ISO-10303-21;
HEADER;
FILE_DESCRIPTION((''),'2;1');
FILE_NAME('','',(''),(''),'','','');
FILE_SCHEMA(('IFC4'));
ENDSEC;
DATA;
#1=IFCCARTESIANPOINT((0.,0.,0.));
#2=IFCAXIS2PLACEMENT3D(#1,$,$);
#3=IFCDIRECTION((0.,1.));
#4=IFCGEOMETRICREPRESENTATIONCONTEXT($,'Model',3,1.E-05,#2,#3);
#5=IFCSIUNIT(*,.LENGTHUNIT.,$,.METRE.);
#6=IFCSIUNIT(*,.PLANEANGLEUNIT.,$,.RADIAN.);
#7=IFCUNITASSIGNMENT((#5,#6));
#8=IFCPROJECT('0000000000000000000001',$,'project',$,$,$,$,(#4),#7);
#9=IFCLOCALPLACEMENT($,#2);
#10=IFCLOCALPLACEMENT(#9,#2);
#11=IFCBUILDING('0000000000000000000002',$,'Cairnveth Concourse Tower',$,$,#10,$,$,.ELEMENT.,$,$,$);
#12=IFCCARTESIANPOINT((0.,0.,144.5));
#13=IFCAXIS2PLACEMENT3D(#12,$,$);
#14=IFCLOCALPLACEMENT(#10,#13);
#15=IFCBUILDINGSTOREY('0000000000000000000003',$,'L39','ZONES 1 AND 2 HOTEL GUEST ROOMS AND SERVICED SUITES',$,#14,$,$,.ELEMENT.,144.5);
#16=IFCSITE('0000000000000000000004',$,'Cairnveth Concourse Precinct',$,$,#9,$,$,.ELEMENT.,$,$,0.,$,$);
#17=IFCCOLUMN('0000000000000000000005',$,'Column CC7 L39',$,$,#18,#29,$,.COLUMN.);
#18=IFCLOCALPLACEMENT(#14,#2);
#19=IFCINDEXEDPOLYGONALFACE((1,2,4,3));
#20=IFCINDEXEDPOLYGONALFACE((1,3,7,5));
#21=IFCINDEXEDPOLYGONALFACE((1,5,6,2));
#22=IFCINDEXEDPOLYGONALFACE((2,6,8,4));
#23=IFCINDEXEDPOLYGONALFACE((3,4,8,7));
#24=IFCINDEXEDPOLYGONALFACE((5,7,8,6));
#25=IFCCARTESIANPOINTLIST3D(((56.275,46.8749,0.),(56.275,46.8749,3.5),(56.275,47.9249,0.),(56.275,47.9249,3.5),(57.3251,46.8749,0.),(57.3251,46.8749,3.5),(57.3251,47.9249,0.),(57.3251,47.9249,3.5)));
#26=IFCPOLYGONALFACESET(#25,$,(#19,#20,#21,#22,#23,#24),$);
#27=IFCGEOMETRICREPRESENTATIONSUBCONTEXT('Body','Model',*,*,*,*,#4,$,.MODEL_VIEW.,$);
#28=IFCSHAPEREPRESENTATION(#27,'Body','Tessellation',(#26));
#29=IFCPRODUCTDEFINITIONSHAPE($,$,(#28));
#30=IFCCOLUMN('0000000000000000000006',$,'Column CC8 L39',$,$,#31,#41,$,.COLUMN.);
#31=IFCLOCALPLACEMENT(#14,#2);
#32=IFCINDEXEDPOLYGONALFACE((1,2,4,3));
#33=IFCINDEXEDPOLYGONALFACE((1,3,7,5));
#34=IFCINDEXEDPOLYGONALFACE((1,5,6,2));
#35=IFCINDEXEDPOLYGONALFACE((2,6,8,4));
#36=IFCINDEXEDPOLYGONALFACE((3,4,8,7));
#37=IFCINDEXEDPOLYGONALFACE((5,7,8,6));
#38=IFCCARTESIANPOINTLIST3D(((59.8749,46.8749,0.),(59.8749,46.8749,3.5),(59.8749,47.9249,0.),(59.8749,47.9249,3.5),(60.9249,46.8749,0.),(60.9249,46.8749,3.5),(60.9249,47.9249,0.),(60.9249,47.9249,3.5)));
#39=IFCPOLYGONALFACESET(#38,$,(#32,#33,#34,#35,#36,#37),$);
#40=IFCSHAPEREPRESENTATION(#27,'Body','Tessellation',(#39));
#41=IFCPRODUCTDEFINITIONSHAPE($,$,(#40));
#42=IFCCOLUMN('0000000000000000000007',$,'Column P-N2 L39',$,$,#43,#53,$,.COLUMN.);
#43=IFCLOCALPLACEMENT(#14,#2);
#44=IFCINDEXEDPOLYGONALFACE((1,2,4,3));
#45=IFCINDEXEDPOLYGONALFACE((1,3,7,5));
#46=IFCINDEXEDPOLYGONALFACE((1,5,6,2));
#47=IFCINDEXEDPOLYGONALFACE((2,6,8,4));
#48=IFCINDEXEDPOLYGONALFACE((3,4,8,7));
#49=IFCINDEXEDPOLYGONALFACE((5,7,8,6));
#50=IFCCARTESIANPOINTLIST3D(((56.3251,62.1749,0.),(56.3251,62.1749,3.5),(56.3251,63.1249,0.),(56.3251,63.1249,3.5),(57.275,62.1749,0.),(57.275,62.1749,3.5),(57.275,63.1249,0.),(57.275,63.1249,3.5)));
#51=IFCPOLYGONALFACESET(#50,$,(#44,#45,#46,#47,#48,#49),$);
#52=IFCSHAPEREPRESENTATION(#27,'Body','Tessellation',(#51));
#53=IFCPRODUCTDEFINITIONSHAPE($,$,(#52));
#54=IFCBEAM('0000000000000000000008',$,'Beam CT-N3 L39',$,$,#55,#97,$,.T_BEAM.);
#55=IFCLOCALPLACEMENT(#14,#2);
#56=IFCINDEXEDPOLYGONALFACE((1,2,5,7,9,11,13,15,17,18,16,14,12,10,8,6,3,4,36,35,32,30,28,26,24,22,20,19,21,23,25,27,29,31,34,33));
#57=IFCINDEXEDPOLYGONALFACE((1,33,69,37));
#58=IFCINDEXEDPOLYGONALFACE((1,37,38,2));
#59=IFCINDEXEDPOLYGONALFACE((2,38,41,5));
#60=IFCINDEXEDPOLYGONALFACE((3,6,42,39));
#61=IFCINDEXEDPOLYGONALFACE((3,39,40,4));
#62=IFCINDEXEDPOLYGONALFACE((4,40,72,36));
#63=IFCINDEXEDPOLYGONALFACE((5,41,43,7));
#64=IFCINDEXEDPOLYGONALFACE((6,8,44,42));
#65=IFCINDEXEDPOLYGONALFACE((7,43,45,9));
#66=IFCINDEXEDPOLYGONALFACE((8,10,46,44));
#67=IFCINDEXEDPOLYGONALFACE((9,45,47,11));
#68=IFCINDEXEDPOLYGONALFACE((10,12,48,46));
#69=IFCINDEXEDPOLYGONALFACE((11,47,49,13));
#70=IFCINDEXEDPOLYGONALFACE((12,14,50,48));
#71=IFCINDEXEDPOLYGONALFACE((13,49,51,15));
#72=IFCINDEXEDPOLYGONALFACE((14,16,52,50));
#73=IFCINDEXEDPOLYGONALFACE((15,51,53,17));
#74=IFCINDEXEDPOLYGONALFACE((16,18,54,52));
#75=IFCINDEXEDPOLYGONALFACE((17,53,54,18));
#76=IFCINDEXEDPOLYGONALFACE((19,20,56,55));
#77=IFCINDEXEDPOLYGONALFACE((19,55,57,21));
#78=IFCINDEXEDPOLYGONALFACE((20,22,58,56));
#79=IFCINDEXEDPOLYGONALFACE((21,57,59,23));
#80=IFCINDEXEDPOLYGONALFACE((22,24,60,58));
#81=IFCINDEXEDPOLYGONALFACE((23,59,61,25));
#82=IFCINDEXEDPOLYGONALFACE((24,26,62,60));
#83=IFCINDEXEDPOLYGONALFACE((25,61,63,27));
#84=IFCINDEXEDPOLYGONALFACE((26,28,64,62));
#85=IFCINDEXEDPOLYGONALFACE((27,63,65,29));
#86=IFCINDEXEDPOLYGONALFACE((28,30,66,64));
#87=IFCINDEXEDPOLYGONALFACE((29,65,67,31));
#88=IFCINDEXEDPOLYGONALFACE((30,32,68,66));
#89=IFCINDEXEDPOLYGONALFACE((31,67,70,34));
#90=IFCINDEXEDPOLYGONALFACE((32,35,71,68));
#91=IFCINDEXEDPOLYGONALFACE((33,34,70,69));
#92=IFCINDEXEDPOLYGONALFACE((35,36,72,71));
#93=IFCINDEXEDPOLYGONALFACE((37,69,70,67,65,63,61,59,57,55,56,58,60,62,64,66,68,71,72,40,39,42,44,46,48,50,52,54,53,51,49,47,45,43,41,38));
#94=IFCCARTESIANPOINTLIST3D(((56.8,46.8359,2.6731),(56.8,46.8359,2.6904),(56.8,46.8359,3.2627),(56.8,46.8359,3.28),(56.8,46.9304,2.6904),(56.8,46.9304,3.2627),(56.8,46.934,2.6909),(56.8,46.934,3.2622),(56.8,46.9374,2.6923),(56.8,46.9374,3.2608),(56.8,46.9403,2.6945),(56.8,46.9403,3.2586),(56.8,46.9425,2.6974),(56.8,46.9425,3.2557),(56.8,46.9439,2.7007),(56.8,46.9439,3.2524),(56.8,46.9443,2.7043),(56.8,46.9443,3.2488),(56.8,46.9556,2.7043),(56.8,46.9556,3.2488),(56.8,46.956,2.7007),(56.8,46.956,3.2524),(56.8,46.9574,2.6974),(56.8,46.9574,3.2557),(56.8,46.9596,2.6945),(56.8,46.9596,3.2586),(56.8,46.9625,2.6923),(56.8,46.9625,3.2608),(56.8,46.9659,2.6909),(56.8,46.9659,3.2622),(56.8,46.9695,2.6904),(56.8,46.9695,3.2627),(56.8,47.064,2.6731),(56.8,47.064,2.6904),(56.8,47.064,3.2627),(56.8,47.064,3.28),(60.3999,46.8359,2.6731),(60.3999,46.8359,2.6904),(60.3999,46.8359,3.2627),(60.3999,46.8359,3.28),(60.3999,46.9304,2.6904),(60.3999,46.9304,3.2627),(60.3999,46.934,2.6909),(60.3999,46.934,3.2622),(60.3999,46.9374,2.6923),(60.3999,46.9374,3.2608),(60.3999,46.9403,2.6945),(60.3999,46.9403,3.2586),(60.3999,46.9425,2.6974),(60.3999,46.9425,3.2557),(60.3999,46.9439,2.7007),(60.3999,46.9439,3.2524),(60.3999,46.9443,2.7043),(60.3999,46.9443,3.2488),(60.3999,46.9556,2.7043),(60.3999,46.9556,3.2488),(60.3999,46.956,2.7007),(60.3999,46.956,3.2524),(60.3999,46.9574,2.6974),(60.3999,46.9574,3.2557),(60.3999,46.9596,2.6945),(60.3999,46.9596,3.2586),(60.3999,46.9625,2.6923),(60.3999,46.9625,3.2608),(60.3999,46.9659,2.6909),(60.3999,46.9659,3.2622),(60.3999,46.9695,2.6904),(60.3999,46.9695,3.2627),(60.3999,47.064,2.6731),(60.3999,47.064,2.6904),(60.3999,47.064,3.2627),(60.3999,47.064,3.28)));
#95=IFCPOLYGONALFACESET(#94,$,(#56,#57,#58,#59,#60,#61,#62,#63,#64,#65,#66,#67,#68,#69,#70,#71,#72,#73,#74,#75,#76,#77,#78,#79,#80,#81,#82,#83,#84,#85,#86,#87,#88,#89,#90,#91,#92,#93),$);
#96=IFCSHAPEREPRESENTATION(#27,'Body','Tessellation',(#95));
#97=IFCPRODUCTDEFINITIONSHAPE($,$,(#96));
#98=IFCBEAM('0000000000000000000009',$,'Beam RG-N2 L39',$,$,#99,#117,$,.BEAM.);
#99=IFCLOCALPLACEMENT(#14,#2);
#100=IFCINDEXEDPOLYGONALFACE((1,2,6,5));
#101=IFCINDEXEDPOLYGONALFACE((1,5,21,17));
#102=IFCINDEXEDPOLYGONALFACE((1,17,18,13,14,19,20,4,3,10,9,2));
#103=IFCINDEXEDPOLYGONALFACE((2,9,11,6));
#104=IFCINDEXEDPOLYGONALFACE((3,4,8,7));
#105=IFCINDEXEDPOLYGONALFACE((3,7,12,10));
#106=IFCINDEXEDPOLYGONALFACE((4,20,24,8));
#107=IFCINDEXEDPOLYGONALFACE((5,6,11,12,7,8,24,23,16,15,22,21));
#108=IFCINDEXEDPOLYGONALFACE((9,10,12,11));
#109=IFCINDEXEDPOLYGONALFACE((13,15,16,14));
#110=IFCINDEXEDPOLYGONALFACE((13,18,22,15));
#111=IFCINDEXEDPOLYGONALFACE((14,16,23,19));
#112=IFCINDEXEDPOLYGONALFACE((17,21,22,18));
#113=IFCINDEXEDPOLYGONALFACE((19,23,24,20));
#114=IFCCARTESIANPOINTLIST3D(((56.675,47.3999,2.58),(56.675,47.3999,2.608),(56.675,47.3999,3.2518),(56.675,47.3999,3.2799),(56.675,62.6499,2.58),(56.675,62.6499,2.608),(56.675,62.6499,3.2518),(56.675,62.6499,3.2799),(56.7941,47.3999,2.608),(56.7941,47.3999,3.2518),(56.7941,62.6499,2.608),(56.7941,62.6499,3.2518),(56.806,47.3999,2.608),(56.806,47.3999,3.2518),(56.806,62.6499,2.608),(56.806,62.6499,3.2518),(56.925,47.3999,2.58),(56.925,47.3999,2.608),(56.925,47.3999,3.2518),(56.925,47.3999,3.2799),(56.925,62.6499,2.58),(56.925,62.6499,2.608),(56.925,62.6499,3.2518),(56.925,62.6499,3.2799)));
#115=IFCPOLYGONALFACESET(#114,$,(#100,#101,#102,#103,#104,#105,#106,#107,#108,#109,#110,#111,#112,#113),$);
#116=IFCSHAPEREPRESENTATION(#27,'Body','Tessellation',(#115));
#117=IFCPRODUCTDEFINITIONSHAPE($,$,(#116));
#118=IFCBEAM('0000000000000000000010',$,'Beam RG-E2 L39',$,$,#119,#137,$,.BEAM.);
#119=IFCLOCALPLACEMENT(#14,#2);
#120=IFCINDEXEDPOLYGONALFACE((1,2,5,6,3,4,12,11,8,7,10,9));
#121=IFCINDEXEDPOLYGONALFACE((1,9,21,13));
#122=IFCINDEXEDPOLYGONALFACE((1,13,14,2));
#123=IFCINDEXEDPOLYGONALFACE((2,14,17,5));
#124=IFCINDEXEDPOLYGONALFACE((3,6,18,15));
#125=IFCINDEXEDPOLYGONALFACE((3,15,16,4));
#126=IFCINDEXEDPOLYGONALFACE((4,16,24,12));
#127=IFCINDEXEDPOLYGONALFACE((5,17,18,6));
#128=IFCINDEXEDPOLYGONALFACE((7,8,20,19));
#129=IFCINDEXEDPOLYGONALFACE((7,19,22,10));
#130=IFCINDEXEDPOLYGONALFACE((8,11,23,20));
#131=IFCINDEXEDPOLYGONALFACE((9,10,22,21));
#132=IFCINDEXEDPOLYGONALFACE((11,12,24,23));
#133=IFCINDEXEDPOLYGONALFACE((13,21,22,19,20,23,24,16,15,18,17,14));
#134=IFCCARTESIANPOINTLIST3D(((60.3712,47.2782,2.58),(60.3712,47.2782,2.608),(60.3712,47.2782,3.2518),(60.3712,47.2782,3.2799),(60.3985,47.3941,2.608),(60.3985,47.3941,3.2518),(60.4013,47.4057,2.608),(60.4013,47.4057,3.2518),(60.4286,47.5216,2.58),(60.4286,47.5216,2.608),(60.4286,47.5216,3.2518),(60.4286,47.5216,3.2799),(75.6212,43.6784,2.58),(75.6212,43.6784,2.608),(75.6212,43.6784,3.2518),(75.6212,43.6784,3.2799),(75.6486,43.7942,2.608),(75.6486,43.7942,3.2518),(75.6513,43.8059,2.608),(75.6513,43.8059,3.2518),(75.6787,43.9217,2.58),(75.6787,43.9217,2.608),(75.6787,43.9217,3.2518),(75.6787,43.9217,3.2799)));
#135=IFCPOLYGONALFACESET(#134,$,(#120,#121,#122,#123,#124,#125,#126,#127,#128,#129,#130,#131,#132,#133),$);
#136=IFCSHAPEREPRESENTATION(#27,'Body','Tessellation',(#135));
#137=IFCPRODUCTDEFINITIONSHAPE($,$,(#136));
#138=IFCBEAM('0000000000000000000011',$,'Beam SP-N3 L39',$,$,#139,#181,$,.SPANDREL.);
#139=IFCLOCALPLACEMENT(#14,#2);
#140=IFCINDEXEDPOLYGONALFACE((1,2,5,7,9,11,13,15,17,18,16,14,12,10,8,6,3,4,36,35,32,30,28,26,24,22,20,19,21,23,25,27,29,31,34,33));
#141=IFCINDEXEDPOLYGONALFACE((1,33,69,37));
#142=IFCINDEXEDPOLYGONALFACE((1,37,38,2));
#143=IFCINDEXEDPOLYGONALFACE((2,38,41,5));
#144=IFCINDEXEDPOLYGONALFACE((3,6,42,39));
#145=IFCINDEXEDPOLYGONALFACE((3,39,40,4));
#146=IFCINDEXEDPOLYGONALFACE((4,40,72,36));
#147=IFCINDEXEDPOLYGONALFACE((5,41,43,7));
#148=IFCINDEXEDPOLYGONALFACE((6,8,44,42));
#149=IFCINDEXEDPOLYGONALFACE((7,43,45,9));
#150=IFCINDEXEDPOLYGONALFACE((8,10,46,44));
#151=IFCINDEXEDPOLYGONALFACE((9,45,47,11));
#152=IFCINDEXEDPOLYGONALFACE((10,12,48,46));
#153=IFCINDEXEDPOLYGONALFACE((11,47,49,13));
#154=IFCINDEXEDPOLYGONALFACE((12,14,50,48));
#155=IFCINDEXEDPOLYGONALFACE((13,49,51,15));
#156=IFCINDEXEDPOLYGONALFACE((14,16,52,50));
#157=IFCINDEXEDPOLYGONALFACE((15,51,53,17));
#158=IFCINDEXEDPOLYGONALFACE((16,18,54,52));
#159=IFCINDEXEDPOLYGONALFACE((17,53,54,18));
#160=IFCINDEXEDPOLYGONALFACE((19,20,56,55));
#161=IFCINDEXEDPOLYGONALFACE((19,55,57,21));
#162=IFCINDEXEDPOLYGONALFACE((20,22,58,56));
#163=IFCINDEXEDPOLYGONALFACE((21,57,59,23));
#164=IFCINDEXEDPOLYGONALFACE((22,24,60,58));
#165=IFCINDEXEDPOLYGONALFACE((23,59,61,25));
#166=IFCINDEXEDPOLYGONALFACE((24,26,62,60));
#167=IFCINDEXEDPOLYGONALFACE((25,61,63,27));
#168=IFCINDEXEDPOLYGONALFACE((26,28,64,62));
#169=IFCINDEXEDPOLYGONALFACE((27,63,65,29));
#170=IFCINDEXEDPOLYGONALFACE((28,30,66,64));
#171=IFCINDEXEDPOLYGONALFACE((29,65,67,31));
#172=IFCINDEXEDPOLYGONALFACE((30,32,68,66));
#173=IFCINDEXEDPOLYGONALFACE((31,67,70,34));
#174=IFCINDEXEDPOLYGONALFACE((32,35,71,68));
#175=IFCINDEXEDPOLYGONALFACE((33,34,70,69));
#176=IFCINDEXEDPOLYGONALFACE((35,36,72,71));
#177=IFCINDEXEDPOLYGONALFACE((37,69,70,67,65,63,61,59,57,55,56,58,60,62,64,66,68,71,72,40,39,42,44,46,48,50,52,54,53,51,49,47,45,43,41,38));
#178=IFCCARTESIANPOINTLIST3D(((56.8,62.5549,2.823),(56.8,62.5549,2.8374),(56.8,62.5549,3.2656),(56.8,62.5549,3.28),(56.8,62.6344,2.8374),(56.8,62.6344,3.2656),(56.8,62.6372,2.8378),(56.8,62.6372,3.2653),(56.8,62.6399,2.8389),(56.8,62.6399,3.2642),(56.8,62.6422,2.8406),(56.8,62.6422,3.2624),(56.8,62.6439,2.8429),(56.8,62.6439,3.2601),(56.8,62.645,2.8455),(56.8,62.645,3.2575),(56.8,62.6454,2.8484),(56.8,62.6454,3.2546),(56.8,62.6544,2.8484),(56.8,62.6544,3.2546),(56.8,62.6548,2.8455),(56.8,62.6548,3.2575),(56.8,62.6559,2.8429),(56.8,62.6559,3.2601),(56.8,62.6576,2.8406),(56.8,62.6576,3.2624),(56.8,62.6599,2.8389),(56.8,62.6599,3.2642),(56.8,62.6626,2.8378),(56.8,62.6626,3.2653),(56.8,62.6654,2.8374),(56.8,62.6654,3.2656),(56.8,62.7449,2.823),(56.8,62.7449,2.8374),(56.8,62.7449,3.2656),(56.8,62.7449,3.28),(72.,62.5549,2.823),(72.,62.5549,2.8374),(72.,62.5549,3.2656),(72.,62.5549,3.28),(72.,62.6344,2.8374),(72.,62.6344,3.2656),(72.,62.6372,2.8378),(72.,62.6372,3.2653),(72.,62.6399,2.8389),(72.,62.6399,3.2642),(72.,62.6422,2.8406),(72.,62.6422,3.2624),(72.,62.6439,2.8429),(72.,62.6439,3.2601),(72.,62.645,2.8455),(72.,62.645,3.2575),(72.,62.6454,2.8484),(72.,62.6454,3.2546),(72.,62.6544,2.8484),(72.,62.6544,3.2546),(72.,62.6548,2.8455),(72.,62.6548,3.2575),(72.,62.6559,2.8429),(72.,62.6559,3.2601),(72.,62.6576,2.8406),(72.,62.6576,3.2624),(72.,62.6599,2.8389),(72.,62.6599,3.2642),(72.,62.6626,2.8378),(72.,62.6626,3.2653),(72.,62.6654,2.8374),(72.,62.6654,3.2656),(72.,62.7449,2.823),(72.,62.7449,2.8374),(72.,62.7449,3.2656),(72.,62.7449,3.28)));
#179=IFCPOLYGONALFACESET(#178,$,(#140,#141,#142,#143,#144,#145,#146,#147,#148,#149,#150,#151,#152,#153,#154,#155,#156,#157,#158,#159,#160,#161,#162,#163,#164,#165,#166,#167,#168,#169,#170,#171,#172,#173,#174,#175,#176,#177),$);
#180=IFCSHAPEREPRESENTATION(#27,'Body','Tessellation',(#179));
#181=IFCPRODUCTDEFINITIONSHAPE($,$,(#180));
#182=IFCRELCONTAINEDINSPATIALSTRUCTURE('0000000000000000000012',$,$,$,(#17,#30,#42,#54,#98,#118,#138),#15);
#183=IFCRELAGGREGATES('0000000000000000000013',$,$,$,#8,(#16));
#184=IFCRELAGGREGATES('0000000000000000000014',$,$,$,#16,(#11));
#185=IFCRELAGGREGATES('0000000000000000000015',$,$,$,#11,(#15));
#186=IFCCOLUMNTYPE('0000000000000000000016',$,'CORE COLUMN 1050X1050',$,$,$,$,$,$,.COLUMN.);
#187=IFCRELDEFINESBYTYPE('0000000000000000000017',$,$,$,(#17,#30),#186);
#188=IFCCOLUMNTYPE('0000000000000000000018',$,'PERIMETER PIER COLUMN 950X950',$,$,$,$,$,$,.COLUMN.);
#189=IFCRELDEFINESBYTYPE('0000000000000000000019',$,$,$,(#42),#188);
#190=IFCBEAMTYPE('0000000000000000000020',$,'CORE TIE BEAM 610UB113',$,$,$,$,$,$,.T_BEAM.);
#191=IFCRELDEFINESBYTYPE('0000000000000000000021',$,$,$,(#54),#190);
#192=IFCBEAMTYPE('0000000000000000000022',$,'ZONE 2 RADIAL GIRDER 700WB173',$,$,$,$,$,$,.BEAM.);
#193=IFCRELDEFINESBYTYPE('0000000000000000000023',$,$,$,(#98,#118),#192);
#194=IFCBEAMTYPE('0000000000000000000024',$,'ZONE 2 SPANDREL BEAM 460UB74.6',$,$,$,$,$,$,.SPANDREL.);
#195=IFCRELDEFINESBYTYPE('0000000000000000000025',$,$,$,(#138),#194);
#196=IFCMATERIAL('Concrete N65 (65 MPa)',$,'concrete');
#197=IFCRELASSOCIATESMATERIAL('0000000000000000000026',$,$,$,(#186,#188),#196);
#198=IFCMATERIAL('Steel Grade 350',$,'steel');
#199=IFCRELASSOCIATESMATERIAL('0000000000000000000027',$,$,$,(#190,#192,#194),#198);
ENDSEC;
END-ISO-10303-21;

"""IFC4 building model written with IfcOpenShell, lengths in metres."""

from ifc_helpers import new_model, si_unit, direction, frame, origin, origin_2d, place, context, subcontext, project, spatial, rectangle, i_section, extrude, material, material_profile, profile_set, type_object, element, save


model = new_model("IFC4")

# Units and contexts
model_context = context("Model", 3, precision=1e-05, world=origin(), true_north=direction((0.0, 1.0)))
body_context = subcontext(model_context, "Body", "Model", "MODEL_VIEW")
ifc_project = project(units=[si_unit("LENGTHUNIT", "METRE"), si_unit("PLANEANGLEUNIT", "RADIAN")], contexts=[model_context])

# Site, building, storey
site_placement = place(None, origin())
site = spatial("IfcSite", under=ifc_project, at=site_placement, Name="Cairnveth Concourse Precinct", CompositionType="ELEMENT", RefElevation=0.0)
building_placement = place(site_placement, origin())
building = spatial("IfcBuilding", under=site, at=building_placement, Name="Cairnveth Concourse Tower", CompositionType="ELEMENT")
storey_placement = place(building_placement, frame((0.0, 0.0, 144.5)))
storey = spatial("IfcBuildingStorey", under=building, at=storey_placement, Name="L39", Description="ZONES 1 AND 2 HOTEL GUEST ROOMS AND SERVICED SUITES", CompositionType="ELEMENT", Elevation=144.5)

# Columns
ifc_material_1 = material(Name="Concrete N65 (65 MPa)", Category="concrete")
ifc_material_profile_1 = material_profile(ifc_material_1, rectangle(XDim=1.05, YDim=1.05, at=origin_2d()), Name="RC-COL-1050x1050")
ifc_profile_set_1 = profile_set([ifc_material_profile_1], Name="Concrete N65 (65 MPa)")
column_type_1 = type_object("IfcColumnType", Name="CORE COLUMN 1050X1050", PredefinedType="COLUMN", material=ifc_profile_set_1)
for number, where, z_axis, x_axis, name in (
    (1, (56.8, 47.3999, 0.0), (0.0, 0.0, 1.0), (1.0, 0.0, 0.0), "Column CC7 L39"),
    (2, (60.3999, 47.3999, 0.0), (0.0, 0.0, 1.0), (1.0, 0.0, 0.0), "Column CC8 L39"),
):
    element("IfcColumn", number, at=place(storey_placement, frame(where, z_axis=z_axis, x_axis=x_axis)), inside=storey, type_object=column_type_1, Name=name, PredefinedType="COLUMN", context=body_context, shape_type="SweptSolid", body=[
        extrude(rectangle(XDim=1.05, YDim=1.05, at=origin_2d()), origin(), (0.0, 0.0, 1.0), 3.5),
    ])
ifc_material_profile_2 = material_profile(ifc_material_1, rectangle(XDim=0.95, YDim=0.95, at=origin_2d()), Name="RC-COL-950x950")
ifc_profile_set_2 = profile_set([ifc_material_profile_2], Name="Concrete N65 (65 MPa)")
column_type_2 = type_object("IfcColumnType", Name="PERIMETER PIER COLUMN 950X950", PredefinedType="COLUMN", material=ifc_profile_set_2)
column_placement = place(storey_placement, frame((56.8, 62.6499, 0.0), z_axis=(0.0, 0.0, 1.0), x_axis=(1.0, 0.0, 0.0)))
element("IfcColumn", 3, at=column_placement, inside=storey, type_object=column_type_2, Name="Column P-N2 L39", PredefinedType="COLUMN", context=body_context, shape_type="SweptSolid", body=[
    extrude(rectangle(XDim=0.95, YDim=0.95, at=origin_2d()), origin(), (0.0, 0.0, 1.0), 3.5),
])

# Beams
ifc_material_2 = material(Name="Steel Grade 350", Category="steel")
ifc_material_profile_3 = material_profile(ifc_material_2, i_section(OverallWidth=0.228, OverallDepth=0.6069, WebThickness=0.0112, FlangeThickness=0.0173, FilletRadius=0.0139, at=origin_2d()), Name="610UB113")
ifc_profile_set_3 = profile_set([ifc_material_profile_3], Name="Steel Grade 350")
beam_type_1 = type_object("IfcBeamType", Name="CORE TIE BEAM 610UB113", PredefinedType="T_BEAM", material=ifc_profile_set_3)
beam_1_placement = place(storey_placement, frame((56.8, 46.95, 2.9766), z_axis=(1.0, 0.0, 0.0), x_axis=(0.0, 1.0, 0.0)))
element("IfcBeam", 4, at=beam_1_placement, inside=storey, type_object=beam_type_1, Name="Beam CT-N3 L39", PredefinedType="T_BEAM", context=body_context, shape_type="SweptSolid", body=[
    extrude(i_section(OverallWidth=0.228, OverallDepth=0.6069, WebThickness=0.0112, FlangeThickness=0.0173, FilletRadius=0.0139, at=origin_2d()), origin(), (0.0, 0.0, 1.0), 3.5999),
])
ifc_material_profile_4 = material_profile(ifc_material_2, i_section(OverallWidth=0.25, OverallDepth=0.7, WebThickness=0.012, FlangeThickness=0.0281, at=origin_2d()), Name="700WB173")
ifc_profile_set_4 = profile_set([ifc_material_profile_4], Name="Steel Grade 350")
beam_type_2 = type_object("IfcBeamType", Name="ZONE 2 RADIAL GIRDER 700WB173", PredefinedType="BEAM", material=ifc_profile_set_4)
beam_2_placement = place(storey_placement, frame((56.8, 47.3999, 2.9299), z_axis=(0.0, 1.0, 0.0), x_axis=(-1.0, 0.0, 0.0)))
element("IfcBeam", 5, at=beam_2_placement, inside=storey, type_object=beam_type_2, Name="Beam RG-N2 L39", PredefinedType="BEAM", context=body_context, shape_type="SweptSolid", body=[
    extrude(i_section(OverallWidth=0.25, OverallDepth=0.7, WebThickness=0.012, FlangeThickness=0.0281, at=origin_2d()), origin(), (0.0, 0.0, 1.0), 15.25),
])
beam_3_placement = place(storey_placement, frame((60.3999, 47.3999, 2.9299), z_axis=(0.973252, -0.229742, 0.0), x_axis=(0.229742, 0.973252, 0.0)))
element("IfcBeam", 6, at=beam_3_placement, inside=storey, type_object=beam_type_2, Name="Beam RG-E2 L39", PredefinedType="BEAM", context=body_context, shape_type="SweptSolid", body=[
    extrude(i_section(OverallWidth=0.25, OverallDepth=0.7, WebThickness=0.012, FlangeThickness=0.0281, at=origin_2d()), origin(), (0.0, 0.0, 1.0), 15.6692),
])
ifc_material_profile_5 = material_profile(ifc_material_2, i_section(OverallWidth=0.1899, OverallDepth=0.457, WebThickness=0.009, FlangeThickness=0.0144, FilletRadius=0.011, at=origin_2d()), Name="460UB74.6")
ifc_profile_set_5 = profile_set([ifc_material_profile_5], Name="Steel Grade 350")
beam_type_3 = type_object("IfcBeamType", Name="ZONE 2 SPANDREL BEAM 460UB74.6", PredefinedType="SPANDREL", material=ifc_profile_set_5)
beam_4_placement = place(storey_placement, frame((56.8, 62.6499, 3.0515), z_axis=(1.0, 0.0, 0.0), x_axis=(0.0, 1.0, 0.0)))
element("IfcBeam", 7, at=beam_4_placement, inside=storey, type_object=beam_type_3, Name="Beam SP-N3 L39", PredefinedType="SPANDREL", context=body_context, shape_type="SweptSolid", body=[
    extrude(i_section(OverallWidth=0.1899, OverallDepth=0.457, WebThickness=0.009, FlangeThickness=0.0144, FilletRadius=0.011, at=origin_2d()), origin(), (0.0, 0.0, 1.0), 15.2),
])

save(model, "model.ifc")
